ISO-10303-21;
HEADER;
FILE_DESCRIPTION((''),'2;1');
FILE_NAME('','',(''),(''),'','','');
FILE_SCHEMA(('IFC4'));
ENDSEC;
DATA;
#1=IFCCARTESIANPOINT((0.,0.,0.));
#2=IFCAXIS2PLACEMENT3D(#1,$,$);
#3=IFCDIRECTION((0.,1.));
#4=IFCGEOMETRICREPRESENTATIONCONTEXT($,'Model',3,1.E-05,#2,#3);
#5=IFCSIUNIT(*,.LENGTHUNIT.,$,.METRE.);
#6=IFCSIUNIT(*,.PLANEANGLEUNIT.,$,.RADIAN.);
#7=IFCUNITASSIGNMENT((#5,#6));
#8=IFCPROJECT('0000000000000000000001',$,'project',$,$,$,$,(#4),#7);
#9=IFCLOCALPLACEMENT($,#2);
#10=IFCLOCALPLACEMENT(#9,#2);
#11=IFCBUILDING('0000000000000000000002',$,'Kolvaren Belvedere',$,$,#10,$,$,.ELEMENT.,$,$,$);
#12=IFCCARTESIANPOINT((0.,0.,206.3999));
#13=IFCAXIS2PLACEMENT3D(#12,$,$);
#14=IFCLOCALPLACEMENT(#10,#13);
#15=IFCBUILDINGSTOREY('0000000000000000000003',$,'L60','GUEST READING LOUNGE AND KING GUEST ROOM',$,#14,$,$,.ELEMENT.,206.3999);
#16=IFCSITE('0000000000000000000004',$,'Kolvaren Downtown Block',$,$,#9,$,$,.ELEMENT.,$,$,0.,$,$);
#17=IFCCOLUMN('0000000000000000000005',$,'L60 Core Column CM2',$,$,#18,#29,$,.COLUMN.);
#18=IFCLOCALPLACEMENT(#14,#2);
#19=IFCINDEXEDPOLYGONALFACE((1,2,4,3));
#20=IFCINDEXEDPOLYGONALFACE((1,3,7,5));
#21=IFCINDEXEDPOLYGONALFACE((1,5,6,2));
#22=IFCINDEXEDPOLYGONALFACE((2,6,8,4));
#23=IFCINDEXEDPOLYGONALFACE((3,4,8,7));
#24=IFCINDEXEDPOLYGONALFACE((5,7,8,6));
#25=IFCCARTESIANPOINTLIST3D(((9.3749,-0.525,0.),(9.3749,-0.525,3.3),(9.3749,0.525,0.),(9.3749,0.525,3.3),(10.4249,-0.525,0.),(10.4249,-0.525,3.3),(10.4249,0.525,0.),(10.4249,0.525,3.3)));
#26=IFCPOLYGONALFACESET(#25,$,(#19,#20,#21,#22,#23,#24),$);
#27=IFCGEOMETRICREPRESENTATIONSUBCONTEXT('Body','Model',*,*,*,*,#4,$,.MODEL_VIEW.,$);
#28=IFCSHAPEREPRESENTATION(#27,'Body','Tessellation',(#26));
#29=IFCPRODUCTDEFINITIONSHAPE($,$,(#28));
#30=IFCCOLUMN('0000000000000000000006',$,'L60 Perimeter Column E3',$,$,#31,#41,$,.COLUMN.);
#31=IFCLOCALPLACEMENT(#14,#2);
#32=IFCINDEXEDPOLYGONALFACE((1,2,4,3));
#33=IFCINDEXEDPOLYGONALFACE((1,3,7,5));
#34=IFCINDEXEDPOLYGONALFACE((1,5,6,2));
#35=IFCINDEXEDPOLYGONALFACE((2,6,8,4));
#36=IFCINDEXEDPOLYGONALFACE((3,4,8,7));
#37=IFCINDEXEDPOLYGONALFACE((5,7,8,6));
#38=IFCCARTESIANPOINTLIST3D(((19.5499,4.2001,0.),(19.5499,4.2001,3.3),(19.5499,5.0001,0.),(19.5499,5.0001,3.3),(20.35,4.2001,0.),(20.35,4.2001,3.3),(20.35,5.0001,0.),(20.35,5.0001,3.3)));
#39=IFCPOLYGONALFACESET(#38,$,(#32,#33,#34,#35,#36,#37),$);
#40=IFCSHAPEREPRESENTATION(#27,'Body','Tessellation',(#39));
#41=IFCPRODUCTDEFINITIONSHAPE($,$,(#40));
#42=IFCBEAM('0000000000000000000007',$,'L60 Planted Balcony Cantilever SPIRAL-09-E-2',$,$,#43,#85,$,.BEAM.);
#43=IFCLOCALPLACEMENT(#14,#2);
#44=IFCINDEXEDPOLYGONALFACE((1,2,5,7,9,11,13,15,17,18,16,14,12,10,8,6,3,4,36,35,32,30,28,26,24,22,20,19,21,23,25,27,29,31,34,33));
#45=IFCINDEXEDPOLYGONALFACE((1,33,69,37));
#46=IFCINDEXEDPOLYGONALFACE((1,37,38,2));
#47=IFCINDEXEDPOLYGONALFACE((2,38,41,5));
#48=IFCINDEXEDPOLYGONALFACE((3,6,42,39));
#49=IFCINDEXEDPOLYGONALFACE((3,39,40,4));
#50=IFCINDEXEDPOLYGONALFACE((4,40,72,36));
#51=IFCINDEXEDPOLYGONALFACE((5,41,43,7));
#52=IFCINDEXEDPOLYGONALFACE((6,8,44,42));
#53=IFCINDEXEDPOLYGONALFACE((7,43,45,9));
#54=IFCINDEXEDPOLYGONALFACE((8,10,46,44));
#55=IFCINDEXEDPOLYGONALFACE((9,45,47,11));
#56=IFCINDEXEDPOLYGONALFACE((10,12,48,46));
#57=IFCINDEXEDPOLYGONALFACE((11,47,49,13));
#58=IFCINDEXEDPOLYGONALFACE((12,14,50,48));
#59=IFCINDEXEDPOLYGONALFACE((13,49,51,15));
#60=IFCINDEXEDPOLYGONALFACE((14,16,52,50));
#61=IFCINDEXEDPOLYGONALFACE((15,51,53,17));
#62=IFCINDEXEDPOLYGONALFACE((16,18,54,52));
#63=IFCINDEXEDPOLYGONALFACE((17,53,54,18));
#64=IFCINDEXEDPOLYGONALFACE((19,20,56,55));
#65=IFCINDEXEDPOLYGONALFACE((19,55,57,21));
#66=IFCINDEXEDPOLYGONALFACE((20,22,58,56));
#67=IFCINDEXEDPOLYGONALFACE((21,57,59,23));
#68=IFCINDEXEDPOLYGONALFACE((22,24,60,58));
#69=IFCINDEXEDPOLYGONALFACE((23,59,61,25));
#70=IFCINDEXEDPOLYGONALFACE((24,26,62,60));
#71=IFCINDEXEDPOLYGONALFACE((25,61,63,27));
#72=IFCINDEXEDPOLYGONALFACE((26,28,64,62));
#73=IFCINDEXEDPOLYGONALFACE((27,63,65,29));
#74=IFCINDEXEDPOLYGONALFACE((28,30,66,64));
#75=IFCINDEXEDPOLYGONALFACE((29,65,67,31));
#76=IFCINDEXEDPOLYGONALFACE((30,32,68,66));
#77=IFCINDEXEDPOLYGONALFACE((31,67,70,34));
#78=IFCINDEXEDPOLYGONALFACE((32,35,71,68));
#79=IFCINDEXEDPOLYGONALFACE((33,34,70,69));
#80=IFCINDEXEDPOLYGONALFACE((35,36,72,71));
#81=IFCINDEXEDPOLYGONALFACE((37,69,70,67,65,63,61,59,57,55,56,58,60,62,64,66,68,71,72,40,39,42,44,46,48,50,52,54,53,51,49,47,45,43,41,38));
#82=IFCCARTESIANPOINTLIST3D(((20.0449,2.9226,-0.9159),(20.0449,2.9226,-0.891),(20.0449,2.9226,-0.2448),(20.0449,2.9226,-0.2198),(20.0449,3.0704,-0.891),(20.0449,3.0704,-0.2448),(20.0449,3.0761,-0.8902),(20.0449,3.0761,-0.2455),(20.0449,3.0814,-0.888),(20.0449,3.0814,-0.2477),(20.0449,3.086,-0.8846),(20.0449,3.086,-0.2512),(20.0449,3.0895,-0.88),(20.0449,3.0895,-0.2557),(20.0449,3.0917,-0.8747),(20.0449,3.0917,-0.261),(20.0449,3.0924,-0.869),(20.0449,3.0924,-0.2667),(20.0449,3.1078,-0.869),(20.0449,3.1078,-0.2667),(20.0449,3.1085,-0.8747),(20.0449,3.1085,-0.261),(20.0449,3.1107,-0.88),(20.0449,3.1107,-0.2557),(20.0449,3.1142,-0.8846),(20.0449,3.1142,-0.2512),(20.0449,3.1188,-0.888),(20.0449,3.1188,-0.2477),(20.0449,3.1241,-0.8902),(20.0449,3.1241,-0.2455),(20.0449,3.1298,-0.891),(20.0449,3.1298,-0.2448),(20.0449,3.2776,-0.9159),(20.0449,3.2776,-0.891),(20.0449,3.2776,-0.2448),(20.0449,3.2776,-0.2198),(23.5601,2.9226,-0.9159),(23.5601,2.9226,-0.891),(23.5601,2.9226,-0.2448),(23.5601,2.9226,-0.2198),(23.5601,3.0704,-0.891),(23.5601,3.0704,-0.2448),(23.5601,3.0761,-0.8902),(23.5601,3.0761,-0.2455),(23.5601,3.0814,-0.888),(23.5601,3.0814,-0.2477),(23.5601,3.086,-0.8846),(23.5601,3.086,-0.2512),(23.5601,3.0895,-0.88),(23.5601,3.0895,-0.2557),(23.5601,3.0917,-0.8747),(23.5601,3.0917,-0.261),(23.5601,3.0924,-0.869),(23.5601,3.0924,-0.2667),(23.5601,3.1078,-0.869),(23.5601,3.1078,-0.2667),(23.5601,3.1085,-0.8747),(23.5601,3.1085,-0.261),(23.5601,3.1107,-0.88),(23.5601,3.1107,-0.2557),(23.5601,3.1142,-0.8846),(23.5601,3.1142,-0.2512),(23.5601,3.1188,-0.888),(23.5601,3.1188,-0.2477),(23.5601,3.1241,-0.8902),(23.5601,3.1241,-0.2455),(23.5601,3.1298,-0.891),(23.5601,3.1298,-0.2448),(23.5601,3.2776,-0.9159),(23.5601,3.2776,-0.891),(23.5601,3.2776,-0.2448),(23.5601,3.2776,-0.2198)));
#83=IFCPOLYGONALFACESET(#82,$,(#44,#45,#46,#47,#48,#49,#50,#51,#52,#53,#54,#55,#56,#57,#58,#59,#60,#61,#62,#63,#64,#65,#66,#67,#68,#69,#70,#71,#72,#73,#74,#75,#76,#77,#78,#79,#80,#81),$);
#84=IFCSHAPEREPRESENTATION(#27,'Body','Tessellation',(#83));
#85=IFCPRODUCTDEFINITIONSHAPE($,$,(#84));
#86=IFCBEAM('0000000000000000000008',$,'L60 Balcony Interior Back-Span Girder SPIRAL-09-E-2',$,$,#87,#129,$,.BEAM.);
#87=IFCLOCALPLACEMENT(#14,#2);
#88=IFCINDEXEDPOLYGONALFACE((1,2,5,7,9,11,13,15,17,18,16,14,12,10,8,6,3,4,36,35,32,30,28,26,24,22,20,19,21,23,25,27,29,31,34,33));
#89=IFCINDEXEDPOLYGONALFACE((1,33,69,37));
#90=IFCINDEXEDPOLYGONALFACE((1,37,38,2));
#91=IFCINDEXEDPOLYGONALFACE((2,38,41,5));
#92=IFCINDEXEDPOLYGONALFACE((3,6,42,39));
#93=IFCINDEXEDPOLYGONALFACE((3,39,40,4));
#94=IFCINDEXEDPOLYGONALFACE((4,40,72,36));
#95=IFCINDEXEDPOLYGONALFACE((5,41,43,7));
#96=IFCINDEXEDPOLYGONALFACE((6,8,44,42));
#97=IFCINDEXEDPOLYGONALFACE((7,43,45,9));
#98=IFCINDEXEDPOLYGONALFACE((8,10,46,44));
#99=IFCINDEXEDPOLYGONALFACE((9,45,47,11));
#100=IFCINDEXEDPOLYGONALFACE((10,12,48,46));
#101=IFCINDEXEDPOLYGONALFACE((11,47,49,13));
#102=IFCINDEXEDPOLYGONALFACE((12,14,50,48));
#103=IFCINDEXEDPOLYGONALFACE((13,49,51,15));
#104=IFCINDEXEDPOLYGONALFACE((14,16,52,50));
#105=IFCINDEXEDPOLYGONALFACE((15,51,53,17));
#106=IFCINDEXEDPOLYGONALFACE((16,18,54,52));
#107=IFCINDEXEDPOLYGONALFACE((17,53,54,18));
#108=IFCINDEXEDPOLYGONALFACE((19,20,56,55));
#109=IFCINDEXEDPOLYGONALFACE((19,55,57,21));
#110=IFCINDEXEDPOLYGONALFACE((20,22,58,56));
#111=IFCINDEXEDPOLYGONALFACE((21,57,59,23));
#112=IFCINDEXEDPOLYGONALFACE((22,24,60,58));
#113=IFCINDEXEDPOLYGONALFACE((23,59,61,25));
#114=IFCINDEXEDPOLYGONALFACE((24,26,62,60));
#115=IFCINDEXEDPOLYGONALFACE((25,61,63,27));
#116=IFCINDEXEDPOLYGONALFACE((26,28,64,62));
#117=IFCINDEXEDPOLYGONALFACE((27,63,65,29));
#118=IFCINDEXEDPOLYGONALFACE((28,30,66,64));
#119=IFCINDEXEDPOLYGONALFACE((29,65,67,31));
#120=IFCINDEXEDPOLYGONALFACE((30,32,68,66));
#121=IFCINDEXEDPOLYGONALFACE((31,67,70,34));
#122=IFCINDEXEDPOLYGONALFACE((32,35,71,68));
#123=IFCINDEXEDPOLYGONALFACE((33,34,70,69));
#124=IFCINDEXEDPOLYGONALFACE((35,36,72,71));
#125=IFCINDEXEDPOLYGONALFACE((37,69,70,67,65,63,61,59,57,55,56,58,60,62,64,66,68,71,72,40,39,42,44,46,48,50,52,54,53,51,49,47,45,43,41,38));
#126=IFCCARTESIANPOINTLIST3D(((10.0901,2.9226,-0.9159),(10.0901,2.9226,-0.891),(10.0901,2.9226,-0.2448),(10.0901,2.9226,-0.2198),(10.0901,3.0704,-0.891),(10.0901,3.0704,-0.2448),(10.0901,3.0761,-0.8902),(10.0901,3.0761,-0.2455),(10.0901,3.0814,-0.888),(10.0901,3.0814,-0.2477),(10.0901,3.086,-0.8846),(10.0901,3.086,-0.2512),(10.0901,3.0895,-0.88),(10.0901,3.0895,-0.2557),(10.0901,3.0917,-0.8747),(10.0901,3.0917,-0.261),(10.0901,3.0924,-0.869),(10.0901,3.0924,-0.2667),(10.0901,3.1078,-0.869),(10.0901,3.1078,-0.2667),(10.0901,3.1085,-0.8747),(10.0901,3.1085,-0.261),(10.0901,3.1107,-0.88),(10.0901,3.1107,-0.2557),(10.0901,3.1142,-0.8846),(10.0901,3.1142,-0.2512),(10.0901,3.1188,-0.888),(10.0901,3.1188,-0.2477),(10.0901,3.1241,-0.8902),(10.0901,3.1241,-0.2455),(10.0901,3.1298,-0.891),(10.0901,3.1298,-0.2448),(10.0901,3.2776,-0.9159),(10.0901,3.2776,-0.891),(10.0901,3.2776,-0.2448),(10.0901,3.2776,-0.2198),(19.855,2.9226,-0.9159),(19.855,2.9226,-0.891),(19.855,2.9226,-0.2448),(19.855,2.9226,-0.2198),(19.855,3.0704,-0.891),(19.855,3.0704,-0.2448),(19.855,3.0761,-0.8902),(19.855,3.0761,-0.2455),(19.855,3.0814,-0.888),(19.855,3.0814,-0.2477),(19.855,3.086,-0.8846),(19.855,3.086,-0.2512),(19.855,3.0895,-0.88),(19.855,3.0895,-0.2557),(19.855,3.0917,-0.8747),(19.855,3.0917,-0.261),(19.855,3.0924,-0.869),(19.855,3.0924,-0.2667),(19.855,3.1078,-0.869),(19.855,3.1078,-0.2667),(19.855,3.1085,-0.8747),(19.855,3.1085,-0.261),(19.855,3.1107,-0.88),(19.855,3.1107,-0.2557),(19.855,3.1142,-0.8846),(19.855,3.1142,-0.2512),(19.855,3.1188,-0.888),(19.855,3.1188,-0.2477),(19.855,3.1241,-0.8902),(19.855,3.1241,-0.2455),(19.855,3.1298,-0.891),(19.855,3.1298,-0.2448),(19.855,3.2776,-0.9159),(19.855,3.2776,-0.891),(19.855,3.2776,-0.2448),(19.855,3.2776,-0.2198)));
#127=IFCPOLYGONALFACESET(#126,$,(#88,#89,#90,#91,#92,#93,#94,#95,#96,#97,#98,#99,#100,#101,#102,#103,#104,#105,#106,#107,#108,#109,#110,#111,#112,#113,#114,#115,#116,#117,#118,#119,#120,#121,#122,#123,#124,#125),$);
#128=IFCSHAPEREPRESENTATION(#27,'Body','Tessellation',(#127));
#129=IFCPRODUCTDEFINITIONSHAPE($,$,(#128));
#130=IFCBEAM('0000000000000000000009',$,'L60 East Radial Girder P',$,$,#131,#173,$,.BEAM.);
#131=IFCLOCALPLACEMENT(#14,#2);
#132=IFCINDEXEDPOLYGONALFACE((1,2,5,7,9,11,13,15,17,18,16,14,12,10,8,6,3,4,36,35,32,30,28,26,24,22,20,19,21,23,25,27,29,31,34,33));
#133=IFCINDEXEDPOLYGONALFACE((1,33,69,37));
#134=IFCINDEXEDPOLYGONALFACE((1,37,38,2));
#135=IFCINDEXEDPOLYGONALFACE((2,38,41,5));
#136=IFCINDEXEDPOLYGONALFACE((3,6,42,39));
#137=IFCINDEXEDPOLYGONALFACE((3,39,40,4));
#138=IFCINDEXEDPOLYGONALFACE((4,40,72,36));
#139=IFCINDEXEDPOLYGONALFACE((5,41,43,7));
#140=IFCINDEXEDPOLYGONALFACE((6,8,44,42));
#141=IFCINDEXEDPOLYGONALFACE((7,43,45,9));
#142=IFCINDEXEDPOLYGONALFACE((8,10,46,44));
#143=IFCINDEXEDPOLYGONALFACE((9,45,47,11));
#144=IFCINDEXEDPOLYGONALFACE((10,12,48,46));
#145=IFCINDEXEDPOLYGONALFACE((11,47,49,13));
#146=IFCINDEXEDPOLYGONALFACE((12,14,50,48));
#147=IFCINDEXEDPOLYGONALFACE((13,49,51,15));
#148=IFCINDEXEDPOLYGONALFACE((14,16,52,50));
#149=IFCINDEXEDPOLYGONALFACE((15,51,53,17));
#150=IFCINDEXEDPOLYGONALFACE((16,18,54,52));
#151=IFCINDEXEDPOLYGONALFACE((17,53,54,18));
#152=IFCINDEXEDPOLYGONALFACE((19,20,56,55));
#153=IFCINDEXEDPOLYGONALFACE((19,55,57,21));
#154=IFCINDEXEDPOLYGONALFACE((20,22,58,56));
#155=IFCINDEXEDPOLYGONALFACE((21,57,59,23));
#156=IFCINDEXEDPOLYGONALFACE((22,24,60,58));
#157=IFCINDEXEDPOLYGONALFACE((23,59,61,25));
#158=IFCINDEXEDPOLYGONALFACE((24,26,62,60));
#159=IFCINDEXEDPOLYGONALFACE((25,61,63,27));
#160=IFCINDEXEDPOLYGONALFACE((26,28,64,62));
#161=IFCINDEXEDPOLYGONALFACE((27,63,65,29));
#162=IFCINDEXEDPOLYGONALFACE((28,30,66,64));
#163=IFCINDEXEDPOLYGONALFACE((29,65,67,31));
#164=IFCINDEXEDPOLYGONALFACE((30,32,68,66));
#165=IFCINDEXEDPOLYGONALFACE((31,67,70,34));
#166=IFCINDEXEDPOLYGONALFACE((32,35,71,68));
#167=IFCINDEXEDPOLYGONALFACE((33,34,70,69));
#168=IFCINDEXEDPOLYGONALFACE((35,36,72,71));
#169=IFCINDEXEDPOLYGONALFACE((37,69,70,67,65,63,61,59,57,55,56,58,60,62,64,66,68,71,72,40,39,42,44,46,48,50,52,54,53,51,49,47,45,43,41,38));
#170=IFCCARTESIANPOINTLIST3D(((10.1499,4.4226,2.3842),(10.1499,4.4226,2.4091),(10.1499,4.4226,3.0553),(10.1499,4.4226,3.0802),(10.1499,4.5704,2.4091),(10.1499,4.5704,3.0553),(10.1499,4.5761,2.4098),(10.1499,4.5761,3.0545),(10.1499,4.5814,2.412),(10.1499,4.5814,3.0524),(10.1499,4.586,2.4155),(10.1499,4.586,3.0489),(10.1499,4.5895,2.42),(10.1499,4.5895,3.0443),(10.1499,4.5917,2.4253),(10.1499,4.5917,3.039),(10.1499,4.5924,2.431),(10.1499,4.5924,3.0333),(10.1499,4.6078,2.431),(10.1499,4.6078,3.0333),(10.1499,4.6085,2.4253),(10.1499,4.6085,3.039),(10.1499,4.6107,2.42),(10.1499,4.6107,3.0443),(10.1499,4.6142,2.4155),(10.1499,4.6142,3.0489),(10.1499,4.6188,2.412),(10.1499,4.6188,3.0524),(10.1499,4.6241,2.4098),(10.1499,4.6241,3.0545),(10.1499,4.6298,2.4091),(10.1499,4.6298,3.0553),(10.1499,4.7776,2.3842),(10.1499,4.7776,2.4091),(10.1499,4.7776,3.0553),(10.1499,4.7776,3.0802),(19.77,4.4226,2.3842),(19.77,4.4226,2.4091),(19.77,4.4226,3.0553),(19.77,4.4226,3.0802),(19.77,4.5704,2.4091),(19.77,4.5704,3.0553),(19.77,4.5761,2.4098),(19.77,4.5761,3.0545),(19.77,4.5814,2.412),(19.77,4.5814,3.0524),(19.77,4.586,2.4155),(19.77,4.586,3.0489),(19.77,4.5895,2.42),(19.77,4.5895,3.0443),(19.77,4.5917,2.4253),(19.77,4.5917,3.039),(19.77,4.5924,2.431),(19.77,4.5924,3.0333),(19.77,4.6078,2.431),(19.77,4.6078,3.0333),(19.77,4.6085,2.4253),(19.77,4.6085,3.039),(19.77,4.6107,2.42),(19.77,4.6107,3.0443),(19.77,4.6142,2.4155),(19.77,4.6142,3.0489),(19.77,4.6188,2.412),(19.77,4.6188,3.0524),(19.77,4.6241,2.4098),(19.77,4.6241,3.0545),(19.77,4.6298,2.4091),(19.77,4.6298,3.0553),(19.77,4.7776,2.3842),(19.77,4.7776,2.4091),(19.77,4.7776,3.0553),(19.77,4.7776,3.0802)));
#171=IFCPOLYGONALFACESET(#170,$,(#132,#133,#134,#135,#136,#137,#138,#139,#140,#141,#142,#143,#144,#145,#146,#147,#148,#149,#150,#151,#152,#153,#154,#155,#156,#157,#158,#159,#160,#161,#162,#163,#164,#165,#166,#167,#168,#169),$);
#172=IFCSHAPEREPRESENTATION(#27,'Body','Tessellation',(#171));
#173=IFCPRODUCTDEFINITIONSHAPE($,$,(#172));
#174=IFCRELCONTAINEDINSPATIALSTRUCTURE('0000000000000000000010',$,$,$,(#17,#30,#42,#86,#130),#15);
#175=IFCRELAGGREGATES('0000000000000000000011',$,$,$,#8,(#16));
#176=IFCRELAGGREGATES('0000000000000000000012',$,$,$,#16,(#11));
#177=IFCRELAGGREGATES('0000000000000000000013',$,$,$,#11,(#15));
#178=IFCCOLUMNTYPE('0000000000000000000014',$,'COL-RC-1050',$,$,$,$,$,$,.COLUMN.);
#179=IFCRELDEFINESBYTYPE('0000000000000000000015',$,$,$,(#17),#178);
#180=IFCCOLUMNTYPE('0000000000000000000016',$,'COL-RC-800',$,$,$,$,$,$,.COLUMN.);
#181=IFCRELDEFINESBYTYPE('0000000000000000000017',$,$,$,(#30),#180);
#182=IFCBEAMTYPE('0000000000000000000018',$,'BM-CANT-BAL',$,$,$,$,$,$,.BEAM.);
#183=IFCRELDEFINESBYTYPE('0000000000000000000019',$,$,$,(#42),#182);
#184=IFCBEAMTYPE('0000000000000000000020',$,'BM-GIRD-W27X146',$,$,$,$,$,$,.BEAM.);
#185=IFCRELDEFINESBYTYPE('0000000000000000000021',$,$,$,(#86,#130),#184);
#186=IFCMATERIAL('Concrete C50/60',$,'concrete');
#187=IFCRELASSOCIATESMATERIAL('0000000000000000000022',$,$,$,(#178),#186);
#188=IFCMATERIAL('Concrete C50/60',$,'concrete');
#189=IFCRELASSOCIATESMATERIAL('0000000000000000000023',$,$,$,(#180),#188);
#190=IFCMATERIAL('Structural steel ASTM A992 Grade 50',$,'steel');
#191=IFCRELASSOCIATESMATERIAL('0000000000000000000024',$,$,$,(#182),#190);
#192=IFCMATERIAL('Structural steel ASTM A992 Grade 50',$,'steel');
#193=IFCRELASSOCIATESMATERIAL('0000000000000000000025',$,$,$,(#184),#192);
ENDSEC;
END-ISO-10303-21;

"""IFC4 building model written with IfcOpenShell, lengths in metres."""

from ifc_helpers import new_model, si_unit, direction, frame, origin, origin_2d, place, context, subcontext, project, spatial, rectangle, i_section, extrude, material, material_profile, profile_set, type_object, element, save


model = new_model("IFC4")

# Units and contexts
model_context = context("Model", 3, precision=1e-05, world=origin(), true_north=direction((0.0, 1.0)))
body_context = subcontext(model_context, "Body", "Model", "MODEL_VIEW")
ifc_project = project(units=[si_unit("LENGTHUNIT", "METRE"), si_unit("PLANEANGLEUNIT", "RADIAN")], contexts=[model_context])

# Site, building, storey
site_placement = place(None, origin())
site = spatial("IfcSite", under=ifc_project, at=site_placement, Name="Kolvaren Downtown Block", CompositionType="ELEMENT", RefElevation=0.0)
building_placement = place(site_placement, origin())
building = spatial("IfcBuilding", under=site, at=building_placement, Name="Kolvaren Belvedere", CompositionType="ELEMENT")
storey_placement = place(building_placement, frame((0.0, 0.0, 206.3999)))
storey = spatial("IfcBuildingStorey", under=building, at=storey_placement, Name="L60", Description="GUEST READING LOUNGE AND KING GUEST ROOM", CompositionType="ELEMENT", Elevation=206.3999)

# Columns
ifc_material_1 = material(Name="Concrete C50/60", Category="concrete")
ifc_material_profile_1 = material_profile(ifc_material_1, rectangle(XDim=1.05, YDim=1.05, at=origin_2d()), Name="RC 1050X1050")
ifc_profile_set_1 = profile_set([ifc_material_profile_1], Name="Concrete C50/60")
column_type_1 = type_object("IfcColumnType", Name="COL-RC-1050", PredefinedType="COLUMN", material=ifc_profile_set_1)
column_1_placement = place(storey_placement, frame((9.8999, 0.0, 0.0), z_axis=(0.0, 0.0, 1.0), x_axis=(1.0, 0.0, 0.0)))
element("IfcColumn", 1, at=column_1_placement, inside=storey, type_object=column_type_1, Name="L60 Core Column CM2", PredefinedType="COLUMN", context=body_context, shape_type="SweptSolid", body=[
    extrude(rectangle(XDim=1.05, YDim=1.05, at=origin_2d()), origin(), (0.0, 0.0, 1.0), 3.3),
])
ifc_material_2 = material(Name="Concrete C50/60", Category="concrete")
ifc_material_profile_2 = material_profile(ifc_material_2, rectangle(XDim=0.8, YDim=0.8, at=origin_2d()), Name="RC 800X800")
ifc_profile_set_2 = profile_set([ifc_material_profile_2], Name="Concrete C50/60")
column_type_2 = type_object("IfcColumnType", Name="COL-RC-800", PredefinedType="COLUMN", material=ifc_profile_set_2)
column_2_placement = place(storey_placement, frame((19.95, 4.6001, 0.0), z_axis=(0.0, 0.0, 1.0), x_axis=(1.0, 0.0, 0.0)))
element("IfcColumn", 2, at=column_2_placement, inside=storey, type_object=column_type_2, Name="L60 Perimeter Column E3", PredefinedType="COLUMN", context=body_context, shape_type="SweptSolid", body=[
    extrude(rectangle(XDim=0.8, YDim=0.8, at=origin_2d()), origin(), (0.0, 0.0, 1.0), 3.3),
])

# Beams
ifc_material_3 = material(Name="Structural steel ASTM A992 Grade 50", Category="steel")
ifc_material_profile_3 = material_profile(ifc_material_3, i_section(OverallWidth=0.355, OverallDepth=0.696, WebThickness=0.0154, FlangeThickness=0.0249, FilletRadius=0.022, at=origin_2d()), Name="W27X146")
ifc_profile_set_3 = profile_set([ifc_material_profile_3], Name="Structural steel ASTM A992 Grade 50")
beam_type_1 = type_object("IfcBeamType", Name="BM-CANT-BAL", PredefinedType="BEAM", material=ifc_profile_set_3)
beam_1_placement = place(storey_placement, frame((20.0449, 3.1001, -0.5679), z_axis=(1.0, 0.0, 0.0), x_axis=(0.0, 1.0, 0.0)))
element("IfcBeam", 3, at=beam_1_placement, inside=storey, type_object=beam_type_1, Name="L60 Planted Balcony Cantilever SPIRAL-09-E-2", PredefinedType="BEAM", context=body_context, shape_type="SweptSolid", body=[
    extrude(i_section(OverallWidth=0.355, OverallDepth=0.696, WebThickness=0.0154, FlangeThickness=0.0249, FilletRadius=0.022, at=origin_2d()), origin(), (0.0, 0.0, 1.0), 3.5151),
])
ifc_material_4 = material(Name="Structural steel ASTM A992 Grade 50", Category="steel")
ifc_material_profile_4 = material_profile(ifc_material_4, i_section(OverallWidth=0.355, OverallDepth=0.696, WebThickness=0.0154, FlangeThickness=0.0249, FilletRadius=0.022, at=origin_2d()), Name="W27X146")
ifc_profile_set_4 = profile_set([ifc_material_profile_4], Name="Structural steel ASTM A992 Grade 50")
beam_type_2 = type_object("IfcBeamType", Name="BM-GIRD-W27X146", PredefinedType="BEAM", material=ifc_profile_set_4)
beam_2_placement = place(storey_placement, frame((10.0901, 3.1001, -0.5679), z_axis=(1.0, 0.0, 0.0), x_axis=(0.0, 1.0, 0.0)))
element("IfcBeam", 4, at=beam_2_placement, inside=storey, type_object=beam_type_2, Name="L60 Balcony Interior Back-Span Girder SPIRAL-09-E-2", PredefinedType="BEAM", context=body_context, shape_type="SweptSolid", body=[
    extrude(i_section(OverallWidth=0.355, OverallDepth=0.696, WebThickness=0.0154, FlangeThickness=0.0249, FilletRadius=0.022, at=origin_2d()), origin(), (0.0, 0.0, 1.0), 9.7649),
])
beam_3_placement = place(storey_placement, frame((10.1499, 4.6001, 2.7322), z_axis=(1.0, 0.0, 0.0), x_axis=(0.0, 1.0, 0.0)))
element("IfcBeam", 5, at=beam_3_placement, inside=storey, type_object=beam_type_2, Name="L60 East Radial Girder P", PredefinedType="BEAM", context=body_context, shape_type="SweptSolid", body=[
    extrude(i_section(OverallWidth=0.355, OverallDepth=0.696, WebThickness=0.0154, FlangeThickness=0.0249, FilletRadius=0.022, at=origin_2d()), origin(), (0.0, 0.0, 1.0), 9.6201),
])

save(model, "model.ifc")
